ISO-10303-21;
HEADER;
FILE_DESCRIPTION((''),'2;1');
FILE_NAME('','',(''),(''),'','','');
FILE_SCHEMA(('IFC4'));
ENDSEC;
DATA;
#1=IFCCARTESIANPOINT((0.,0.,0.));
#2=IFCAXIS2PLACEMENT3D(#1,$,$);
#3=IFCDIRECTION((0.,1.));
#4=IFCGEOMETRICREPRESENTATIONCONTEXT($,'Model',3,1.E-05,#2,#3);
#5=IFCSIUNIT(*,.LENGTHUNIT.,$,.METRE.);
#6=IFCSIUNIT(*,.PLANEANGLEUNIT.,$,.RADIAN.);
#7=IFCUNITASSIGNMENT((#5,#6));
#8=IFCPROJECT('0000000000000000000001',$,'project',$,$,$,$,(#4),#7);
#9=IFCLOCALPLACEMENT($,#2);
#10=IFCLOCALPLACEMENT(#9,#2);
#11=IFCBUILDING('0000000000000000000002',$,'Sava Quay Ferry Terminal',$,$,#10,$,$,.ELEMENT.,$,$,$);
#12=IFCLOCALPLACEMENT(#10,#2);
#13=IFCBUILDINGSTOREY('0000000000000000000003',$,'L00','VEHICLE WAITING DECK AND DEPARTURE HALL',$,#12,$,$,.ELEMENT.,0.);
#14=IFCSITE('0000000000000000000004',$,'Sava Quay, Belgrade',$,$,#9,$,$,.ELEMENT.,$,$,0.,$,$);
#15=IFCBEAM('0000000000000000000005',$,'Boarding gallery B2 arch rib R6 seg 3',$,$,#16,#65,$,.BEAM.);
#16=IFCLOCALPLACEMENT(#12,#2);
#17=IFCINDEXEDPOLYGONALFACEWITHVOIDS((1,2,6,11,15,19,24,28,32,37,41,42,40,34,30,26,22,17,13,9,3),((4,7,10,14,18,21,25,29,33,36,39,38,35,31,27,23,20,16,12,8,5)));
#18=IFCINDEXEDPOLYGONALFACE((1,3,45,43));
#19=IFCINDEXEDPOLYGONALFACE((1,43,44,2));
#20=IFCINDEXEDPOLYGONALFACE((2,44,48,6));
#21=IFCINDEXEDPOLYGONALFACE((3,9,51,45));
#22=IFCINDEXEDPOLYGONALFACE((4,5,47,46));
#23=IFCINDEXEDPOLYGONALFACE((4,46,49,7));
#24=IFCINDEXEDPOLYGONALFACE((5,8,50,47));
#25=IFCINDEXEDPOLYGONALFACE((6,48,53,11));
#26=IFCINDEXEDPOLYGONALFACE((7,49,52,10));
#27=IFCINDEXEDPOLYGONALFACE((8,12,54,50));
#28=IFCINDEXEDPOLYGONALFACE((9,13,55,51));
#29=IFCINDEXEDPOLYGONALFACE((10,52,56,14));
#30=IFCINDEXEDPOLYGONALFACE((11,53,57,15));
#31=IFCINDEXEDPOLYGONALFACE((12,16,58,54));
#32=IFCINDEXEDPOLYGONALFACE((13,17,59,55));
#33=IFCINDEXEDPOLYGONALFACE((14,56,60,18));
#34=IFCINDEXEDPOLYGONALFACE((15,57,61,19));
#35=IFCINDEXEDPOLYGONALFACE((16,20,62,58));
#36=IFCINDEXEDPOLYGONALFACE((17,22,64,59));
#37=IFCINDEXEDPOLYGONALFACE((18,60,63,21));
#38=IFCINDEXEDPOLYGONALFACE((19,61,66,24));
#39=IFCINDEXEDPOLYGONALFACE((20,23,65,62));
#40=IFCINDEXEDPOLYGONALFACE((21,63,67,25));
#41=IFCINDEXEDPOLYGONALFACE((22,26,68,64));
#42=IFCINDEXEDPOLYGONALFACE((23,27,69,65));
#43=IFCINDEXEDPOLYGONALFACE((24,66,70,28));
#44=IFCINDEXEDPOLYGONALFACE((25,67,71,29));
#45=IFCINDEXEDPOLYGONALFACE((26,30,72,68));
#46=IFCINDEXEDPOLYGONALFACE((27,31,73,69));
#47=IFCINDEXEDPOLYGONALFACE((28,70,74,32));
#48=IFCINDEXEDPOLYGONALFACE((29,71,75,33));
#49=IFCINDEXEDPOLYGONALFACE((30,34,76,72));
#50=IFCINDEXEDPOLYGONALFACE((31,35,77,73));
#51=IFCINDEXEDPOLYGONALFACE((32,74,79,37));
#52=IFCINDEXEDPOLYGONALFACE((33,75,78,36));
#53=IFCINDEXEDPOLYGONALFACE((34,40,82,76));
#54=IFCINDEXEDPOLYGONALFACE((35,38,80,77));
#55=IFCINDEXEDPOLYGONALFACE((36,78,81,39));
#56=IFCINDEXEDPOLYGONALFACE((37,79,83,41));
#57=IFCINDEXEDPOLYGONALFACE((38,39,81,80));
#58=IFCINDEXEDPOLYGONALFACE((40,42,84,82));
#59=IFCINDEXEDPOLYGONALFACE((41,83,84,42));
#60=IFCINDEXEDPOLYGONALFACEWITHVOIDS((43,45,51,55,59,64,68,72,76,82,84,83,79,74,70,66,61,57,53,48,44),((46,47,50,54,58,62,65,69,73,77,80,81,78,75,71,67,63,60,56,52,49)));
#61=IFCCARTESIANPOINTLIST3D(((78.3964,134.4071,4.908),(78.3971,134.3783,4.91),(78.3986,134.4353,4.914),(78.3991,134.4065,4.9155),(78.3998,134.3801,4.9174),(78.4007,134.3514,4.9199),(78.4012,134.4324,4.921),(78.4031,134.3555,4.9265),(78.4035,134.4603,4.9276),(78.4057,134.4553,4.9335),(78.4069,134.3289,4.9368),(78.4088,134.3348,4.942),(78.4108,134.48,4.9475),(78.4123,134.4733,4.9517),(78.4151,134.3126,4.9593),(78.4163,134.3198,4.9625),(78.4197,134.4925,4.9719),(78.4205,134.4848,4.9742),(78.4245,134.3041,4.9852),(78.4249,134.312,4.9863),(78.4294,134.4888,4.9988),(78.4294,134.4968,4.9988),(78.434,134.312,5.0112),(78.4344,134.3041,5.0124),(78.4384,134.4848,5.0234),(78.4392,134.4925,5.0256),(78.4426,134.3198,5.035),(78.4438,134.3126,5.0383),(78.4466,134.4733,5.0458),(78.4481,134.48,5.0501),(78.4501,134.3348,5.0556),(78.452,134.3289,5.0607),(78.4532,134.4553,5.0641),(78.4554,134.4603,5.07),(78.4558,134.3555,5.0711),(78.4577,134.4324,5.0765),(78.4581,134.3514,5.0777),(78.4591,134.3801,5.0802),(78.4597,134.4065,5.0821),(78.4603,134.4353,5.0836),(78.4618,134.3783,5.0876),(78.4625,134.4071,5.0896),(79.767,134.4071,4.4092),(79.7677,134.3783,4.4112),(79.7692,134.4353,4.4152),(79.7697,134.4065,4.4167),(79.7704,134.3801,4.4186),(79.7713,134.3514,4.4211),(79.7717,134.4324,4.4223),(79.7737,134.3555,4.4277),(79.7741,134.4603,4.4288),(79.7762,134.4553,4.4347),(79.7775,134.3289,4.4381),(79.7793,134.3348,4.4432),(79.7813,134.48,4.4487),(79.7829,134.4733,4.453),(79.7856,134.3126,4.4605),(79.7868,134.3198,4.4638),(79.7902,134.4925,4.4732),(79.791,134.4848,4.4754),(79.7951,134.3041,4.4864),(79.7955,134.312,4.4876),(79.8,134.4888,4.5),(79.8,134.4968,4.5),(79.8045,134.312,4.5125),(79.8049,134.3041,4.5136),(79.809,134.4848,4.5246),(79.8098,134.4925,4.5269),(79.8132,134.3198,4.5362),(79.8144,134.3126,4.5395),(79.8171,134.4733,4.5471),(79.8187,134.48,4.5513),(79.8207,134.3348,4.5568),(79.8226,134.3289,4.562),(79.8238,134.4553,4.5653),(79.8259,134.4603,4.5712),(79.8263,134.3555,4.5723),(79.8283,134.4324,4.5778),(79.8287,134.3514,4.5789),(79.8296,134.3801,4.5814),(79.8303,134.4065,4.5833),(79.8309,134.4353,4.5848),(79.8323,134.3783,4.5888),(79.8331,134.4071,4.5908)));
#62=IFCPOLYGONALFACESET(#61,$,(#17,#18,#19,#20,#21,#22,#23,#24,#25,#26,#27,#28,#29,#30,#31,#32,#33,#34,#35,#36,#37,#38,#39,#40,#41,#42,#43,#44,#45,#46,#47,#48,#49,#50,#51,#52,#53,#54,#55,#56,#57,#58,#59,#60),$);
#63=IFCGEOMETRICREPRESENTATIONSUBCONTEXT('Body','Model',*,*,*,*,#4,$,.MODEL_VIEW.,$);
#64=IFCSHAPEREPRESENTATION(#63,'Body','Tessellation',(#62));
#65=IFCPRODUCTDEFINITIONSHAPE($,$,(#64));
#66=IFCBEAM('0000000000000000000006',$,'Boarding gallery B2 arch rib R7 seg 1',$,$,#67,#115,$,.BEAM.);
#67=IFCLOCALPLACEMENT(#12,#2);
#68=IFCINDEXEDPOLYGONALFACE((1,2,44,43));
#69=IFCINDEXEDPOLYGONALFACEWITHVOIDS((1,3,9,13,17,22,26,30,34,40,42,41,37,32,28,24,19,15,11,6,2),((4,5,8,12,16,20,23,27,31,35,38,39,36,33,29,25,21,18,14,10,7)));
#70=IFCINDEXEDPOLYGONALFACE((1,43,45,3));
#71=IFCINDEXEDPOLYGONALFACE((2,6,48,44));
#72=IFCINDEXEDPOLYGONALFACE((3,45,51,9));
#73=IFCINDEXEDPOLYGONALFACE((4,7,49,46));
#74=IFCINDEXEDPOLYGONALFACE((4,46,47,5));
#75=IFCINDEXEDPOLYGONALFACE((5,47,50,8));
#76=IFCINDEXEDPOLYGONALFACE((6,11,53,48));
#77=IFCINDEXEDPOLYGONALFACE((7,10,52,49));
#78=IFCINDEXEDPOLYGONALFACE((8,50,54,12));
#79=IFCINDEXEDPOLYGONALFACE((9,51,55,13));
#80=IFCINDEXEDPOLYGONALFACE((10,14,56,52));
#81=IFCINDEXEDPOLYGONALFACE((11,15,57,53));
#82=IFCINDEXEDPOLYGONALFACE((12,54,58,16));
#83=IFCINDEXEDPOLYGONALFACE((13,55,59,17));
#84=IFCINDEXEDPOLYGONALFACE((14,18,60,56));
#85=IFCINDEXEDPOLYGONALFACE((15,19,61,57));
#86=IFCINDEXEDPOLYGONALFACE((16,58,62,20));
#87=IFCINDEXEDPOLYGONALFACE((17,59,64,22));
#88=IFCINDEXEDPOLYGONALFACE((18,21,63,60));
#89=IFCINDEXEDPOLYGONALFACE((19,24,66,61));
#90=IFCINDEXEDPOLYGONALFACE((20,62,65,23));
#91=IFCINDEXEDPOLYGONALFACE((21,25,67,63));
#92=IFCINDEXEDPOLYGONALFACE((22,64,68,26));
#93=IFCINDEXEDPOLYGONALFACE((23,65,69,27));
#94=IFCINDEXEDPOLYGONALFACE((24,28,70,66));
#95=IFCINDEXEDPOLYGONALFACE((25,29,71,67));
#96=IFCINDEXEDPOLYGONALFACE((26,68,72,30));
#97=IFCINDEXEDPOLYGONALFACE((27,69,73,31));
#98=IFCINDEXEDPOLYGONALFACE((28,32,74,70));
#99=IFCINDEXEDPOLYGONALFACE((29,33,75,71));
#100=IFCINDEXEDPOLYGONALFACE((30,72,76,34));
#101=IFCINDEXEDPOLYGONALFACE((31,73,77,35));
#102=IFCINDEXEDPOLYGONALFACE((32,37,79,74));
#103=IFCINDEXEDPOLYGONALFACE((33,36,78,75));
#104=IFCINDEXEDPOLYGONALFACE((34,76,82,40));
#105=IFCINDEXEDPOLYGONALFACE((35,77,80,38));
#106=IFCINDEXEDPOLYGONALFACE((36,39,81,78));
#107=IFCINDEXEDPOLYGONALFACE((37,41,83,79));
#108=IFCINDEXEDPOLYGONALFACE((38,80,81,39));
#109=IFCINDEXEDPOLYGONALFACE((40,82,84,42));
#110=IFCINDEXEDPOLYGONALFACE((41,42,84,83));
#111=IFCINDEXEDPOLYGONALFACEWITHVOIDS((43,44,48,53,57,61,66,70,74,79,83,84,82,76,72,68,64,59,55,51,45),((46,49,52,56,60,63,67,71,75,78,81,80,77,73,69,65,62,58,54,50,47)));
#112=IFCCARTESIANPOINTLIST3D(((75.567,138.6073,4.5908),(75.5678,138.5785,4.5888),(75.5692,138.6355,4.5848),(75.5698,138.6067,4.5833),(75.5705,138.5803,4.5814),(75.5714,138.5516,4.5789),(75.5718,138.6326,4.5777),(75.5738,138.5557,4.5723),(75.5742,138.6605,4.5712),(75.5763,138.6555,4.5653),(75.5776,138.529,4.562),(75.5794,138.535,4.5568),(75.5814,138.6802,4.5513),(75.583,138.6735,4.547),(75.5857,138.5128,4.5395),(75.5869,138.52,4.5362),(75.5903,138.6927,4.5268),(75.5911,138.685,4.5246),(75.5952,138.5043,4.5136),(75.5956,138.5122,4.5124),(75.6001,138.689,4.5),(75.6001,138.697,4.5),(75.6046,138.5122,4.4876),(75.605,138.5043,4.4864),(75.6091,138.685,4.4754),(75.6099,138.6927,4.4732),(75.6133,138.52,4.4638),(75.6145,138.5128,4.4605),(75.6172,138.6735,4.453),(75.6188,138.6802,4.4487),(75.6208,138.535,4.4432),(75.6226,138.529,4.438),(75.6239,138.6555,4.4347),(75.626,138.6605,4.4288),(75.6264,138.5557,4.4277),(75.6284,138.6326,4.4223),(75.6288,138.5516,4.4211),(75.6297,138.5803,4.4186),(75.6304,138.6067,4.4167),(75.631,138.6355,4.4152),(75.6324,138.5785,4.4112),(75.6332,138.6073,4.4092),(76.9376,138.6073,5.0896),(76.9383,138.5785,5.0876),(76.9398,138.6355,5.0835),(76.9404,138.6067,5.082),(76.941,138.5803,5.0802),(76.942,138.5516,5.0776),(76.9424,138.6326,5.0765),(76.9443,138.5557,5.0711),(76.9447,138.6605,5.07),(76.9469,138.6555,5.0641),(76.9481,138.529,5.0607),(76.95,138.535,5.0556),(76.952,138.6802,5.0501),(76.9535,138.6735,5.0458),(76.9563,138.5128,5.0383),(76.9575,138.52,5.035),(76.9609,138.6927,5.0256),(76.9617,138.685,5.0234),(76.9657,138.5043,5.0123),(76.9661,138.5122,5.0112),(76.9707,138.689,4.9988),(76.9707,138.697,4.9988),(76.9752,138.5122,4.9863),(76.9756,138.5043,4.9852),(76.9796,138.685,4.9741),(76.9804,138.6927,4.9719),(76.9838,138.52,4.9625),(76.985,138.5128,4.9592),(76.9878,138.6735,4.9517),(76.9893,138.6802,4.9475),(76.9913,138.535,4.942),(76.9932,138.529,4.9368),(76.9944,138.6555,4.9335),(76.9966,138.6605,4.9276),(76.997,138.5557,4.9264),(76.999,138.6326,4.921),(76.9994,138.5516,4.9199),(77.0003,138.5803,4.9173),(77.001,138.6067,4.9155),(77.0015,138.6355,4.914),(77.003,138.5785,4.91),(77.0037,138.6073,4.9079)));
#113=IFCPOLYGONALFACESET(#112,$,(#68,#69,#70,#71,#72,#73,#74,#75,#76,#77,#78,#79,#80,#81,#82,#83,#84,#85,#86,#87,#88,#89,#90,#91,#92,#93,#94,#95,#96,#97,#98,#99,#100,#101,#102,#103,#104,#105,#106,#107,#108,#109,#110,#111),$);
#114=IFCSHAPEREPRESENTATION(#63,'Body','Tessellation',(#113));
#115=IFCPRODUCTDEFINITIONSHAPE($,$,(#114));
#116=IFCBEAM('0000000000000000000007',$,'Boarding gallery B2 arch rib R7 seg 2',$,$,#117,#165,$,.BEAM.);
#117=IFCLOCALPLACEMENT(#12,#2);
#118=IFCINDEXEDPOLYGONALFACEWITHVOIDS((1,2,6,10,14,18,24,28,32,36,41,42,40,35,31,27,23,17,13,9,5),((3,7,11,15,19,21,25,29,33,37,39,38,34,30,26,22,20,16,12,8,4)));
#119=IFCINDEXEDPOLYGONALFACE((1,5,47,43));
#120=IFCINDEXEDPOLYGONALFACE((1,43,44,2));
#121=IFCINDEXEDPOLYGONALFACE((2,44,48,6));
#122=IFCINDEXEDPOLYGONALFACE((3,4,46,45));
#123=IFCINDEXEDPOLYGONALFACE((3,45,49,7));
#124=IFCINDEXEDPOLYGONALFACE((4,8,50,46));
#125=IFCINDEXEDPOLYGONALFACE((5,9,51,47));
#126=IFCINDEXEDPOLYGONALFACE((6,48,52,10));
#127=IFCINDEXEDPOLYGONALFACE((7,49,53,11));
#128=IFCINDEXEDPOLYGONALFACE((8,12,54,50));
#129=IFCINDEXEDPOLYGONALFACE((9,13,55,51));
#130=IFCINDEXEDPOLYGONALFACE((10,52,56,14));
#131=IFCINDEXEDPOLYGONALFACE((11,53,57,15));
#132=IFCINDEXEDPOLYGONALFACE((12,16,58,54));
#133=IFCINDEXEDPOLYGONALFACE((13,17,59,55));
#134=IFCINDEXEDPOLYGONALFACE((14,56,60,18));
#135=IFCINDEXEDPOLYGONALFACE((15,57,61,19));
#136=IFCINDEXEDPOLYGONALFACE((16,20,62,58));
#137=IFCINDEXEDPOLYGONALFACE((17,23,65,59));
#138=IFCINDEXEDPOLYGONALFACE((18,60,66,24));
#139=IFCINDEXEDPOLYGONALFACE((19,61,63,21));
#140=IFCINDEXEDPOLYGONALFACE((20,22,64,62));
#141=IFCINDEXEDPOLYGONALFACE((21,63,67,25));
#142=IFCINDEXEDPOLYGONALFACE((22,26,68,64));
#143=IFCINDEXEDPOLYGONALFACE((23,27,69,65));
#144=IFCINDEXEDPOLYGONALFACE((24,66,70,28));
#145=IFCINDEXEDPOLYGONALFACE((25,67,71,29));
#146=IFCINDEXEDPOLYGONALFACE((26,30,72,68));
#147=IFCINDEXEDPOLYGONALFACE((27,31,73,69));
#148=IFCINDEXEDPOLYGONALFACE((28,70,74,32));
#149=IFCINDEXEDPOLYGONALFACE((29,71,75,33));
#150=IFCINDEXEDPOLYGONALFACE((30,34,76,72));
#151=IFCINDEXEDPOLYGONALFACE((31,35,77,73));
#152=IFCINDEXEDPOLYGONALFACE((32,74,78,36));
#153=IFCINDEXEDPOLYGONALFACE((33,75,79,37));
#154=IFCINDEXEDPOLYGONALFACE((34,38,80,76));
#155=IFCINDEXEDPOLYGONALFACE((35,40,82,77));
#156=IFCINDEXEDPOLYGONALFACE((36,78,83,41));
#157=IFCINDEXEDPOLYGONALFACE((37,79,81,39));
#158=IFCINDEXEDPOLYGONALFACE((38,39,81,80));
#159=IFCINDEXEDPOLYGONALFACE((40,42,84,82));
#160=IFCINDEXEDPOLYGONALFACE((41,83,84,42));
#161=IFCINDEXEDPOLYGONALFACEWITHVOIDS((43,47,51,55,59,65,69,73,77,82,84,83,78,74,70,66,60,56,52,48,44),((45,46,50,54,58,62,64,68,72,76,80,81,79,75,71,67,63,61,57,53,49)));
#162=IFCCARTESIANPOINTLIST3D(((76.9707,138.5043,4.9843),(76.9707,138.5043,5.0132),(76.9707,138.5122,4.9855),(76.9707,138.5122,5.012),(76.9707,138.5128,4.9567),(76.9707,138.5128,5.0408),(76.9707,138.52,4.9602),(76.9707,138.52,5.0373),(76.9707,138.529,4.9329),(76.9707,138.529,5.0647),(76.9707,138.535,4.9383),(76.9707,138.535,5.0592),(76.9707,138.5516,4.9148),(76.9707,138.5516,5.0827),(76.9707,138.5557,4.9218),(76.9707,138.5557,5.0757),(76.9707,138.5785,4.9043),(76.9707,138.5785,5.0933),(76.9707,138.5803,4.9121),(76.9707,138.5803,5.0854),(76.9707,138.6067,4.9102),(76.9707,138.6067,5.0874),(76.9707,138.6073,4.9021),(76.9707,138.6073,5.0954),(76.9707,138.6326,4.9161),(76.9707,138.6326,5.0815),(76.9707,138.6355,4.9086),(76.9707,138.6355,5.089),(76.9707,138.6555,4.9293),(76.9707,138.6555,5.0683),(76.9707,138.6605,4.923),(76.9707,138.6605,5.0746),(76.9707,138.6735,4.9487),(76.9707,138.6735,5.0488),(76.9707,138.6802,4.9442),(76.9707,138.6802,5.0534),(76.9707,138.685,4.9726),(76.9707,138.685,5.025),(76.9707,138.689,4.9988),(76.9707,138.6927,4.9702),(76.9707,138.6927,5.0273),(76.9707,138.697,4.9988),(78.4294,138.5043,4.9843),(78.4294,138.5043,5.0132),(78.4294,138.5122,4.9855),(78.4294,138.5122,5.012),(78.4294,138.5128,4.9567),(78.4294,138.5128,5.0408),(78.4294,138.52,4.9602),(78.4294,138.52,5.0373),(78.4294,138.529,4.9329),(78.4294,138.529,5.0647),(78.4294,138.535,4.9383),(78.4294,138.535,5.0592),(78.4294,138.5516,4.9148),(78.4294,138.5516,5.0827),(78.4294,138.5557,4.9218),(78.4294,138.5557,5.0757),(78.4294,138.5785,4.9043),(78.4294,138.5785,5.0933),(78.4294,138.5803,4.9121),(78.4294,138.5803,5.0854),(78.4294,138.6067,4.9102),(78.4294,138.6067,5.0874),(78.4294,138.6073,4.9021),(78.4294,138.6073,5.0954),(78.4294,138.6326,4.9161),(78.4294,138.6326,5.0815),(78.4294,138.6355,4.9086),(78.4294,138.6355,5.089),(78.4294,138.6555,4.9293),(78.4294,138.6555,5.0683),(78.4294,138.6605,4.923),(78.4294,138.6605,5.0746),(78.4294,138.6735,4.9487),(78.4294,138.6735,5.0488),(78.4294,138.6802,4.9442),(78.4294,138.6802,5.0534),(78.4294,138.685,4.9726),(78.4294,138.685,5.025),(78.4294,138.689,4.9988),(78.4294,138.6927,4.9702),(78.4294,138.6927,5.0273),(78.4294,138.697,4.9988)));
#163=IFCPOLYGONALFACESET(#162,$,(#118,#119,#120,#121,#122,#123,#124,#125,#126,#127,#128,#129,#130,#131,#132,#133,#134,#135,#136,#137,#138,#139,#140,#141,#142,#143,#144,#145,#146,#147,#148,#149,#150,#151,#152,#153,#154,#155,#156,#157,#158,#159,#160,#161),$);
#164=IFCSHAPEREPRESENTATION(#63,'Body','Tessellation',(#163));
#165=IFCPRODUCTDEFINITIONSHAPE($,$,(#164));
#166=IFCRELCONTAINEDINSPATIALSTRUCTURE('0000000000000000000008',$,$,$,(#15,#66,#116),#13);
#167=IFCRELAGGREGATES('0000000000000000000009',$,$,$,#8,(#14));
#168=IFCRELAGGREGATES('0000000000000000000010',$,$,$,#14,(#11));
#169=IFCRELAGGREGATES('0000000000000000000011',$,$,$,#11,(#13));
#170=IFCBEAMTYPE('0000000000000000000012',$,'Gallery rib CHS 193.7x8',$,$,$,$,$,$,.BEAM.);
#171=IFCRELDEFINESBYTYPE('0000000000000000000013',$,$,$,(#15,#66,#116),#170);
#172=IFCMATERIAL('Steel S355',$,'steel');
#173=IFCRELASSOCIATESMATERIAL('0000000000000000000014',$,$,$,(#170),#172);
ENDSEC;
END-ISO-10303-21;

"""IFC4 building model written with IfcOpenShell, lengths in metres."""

from ifc_helpers import new_model, si_unit, direction, frame, origin, origin_2d, place, context, subcontext, project, spatial, hollow_circle, extrude, material, material_profile, profile_set, type_object, element, save


model = new_model("IFC4")

# Units and contexts
model_context = context("Model", 3, precision=1e-05, world=origin(), true_north=direction((0.0, 1.0)))
body_context = subcontext(model_context, "Body", "Model", "MODEL_VIEW")
ifc_project = project(units=[si_unit("LENGTHUNIT", "METRE"), si_unit("PLANEANGLEUNIT", "RADIAN")], contexts=[model_context])

# Site, building, storey
site_placement = place(None, origin())
site = spatial("IfcSite", under=ifc_project, at=site_placement, Name="Sava Quay, Belgrade", CompositionType="ELEMENT", RefElevation=0.0)
building_placement = place(site_placement, origin())
building = spatial("IfcBuilding", under=site, at=building_placement, Name="Sava Quay Ferry Terminal", CompositionType="ELEMENT")
storey_placement = place(building_placement, origin())
storey = spatial("IfcBuildingStorey", under=building, at=storey_placement, Name="L00", Description="VEHICLE WAITING DECK AND DEPARTURE HALL", CompositionType="ELEMENT", Elevation=0.0)

# Beams
ifc_material_1 = material(Name="Steel S355", Category="steel")
ifc_material_profile_1 = material_profile(ifc_material_1, hollow_circle(Radius=0.0969, WallThickness=0.0081, at=origin_2d()), Name="CHS 193.7 x 8.0")
ifc_profile_set_1 = profile_set([ifc_material_profile_1], Name="Steel S355")
beam_type_1 = type_object("IfcBeamType", Name="Gallery rib CHS 193.7x8", PredefinedType="BEAM", material=ifc_profile_set_1)
for number, where, z_axis, x_axis, name in (
    (1, (78.4294, 134.3999, 4.9988), (0.93971, 0.0, -0.341972), (0.0, 1.0, 0.0), "Boarding gallery B2 arch rib R6 seg 3"),
    (2, (75.6001, 138.6001, 4.5), (0.93971, 0.0, 0.341972), (0.0, 1.0, 0.0), "Boarding gallery B2 arch rib R7 seg 1"),
):
    element("IfcBeam", number, at=place(storey_placement, frame(where, z_axis=z_axis, x_axis=x_axis)), inside=storey, type_object=beam_type_1, Name=name, PredefinedType="BEAM", context=body_context, shape_type="SweptSolid", body=[
        extrude(hollow_circle(Radius=0.0969, WallThickness=0.0081, at=origin_2d()), origin(), (0.0, 0.0, 1.0), 1.4585),
    ])
beam_1_placement = place(storey_placement, frame((76.9707, 138.6001, 4.9988), z_axis=(1.0, 0.0, 0.0), x_axis=(0.0, 1.0, 0.0)))
element("IfcBeam", 3, at=beam_1_placement, inside=storey, type_object=beam_type_1, Name="Boarding gallery B2 arch rib R7 seg 2", PredefinedType="BEAM", context=body_context, shape_type="SweptSolid", body=[
    extrude(hollow_circle(Radius=0.0969, WallThickness=0.0081, at=origin_2d()), origin(), (0.0, 0.0, 1.0), 1.4587),
])

save(model, "model.ifc")
